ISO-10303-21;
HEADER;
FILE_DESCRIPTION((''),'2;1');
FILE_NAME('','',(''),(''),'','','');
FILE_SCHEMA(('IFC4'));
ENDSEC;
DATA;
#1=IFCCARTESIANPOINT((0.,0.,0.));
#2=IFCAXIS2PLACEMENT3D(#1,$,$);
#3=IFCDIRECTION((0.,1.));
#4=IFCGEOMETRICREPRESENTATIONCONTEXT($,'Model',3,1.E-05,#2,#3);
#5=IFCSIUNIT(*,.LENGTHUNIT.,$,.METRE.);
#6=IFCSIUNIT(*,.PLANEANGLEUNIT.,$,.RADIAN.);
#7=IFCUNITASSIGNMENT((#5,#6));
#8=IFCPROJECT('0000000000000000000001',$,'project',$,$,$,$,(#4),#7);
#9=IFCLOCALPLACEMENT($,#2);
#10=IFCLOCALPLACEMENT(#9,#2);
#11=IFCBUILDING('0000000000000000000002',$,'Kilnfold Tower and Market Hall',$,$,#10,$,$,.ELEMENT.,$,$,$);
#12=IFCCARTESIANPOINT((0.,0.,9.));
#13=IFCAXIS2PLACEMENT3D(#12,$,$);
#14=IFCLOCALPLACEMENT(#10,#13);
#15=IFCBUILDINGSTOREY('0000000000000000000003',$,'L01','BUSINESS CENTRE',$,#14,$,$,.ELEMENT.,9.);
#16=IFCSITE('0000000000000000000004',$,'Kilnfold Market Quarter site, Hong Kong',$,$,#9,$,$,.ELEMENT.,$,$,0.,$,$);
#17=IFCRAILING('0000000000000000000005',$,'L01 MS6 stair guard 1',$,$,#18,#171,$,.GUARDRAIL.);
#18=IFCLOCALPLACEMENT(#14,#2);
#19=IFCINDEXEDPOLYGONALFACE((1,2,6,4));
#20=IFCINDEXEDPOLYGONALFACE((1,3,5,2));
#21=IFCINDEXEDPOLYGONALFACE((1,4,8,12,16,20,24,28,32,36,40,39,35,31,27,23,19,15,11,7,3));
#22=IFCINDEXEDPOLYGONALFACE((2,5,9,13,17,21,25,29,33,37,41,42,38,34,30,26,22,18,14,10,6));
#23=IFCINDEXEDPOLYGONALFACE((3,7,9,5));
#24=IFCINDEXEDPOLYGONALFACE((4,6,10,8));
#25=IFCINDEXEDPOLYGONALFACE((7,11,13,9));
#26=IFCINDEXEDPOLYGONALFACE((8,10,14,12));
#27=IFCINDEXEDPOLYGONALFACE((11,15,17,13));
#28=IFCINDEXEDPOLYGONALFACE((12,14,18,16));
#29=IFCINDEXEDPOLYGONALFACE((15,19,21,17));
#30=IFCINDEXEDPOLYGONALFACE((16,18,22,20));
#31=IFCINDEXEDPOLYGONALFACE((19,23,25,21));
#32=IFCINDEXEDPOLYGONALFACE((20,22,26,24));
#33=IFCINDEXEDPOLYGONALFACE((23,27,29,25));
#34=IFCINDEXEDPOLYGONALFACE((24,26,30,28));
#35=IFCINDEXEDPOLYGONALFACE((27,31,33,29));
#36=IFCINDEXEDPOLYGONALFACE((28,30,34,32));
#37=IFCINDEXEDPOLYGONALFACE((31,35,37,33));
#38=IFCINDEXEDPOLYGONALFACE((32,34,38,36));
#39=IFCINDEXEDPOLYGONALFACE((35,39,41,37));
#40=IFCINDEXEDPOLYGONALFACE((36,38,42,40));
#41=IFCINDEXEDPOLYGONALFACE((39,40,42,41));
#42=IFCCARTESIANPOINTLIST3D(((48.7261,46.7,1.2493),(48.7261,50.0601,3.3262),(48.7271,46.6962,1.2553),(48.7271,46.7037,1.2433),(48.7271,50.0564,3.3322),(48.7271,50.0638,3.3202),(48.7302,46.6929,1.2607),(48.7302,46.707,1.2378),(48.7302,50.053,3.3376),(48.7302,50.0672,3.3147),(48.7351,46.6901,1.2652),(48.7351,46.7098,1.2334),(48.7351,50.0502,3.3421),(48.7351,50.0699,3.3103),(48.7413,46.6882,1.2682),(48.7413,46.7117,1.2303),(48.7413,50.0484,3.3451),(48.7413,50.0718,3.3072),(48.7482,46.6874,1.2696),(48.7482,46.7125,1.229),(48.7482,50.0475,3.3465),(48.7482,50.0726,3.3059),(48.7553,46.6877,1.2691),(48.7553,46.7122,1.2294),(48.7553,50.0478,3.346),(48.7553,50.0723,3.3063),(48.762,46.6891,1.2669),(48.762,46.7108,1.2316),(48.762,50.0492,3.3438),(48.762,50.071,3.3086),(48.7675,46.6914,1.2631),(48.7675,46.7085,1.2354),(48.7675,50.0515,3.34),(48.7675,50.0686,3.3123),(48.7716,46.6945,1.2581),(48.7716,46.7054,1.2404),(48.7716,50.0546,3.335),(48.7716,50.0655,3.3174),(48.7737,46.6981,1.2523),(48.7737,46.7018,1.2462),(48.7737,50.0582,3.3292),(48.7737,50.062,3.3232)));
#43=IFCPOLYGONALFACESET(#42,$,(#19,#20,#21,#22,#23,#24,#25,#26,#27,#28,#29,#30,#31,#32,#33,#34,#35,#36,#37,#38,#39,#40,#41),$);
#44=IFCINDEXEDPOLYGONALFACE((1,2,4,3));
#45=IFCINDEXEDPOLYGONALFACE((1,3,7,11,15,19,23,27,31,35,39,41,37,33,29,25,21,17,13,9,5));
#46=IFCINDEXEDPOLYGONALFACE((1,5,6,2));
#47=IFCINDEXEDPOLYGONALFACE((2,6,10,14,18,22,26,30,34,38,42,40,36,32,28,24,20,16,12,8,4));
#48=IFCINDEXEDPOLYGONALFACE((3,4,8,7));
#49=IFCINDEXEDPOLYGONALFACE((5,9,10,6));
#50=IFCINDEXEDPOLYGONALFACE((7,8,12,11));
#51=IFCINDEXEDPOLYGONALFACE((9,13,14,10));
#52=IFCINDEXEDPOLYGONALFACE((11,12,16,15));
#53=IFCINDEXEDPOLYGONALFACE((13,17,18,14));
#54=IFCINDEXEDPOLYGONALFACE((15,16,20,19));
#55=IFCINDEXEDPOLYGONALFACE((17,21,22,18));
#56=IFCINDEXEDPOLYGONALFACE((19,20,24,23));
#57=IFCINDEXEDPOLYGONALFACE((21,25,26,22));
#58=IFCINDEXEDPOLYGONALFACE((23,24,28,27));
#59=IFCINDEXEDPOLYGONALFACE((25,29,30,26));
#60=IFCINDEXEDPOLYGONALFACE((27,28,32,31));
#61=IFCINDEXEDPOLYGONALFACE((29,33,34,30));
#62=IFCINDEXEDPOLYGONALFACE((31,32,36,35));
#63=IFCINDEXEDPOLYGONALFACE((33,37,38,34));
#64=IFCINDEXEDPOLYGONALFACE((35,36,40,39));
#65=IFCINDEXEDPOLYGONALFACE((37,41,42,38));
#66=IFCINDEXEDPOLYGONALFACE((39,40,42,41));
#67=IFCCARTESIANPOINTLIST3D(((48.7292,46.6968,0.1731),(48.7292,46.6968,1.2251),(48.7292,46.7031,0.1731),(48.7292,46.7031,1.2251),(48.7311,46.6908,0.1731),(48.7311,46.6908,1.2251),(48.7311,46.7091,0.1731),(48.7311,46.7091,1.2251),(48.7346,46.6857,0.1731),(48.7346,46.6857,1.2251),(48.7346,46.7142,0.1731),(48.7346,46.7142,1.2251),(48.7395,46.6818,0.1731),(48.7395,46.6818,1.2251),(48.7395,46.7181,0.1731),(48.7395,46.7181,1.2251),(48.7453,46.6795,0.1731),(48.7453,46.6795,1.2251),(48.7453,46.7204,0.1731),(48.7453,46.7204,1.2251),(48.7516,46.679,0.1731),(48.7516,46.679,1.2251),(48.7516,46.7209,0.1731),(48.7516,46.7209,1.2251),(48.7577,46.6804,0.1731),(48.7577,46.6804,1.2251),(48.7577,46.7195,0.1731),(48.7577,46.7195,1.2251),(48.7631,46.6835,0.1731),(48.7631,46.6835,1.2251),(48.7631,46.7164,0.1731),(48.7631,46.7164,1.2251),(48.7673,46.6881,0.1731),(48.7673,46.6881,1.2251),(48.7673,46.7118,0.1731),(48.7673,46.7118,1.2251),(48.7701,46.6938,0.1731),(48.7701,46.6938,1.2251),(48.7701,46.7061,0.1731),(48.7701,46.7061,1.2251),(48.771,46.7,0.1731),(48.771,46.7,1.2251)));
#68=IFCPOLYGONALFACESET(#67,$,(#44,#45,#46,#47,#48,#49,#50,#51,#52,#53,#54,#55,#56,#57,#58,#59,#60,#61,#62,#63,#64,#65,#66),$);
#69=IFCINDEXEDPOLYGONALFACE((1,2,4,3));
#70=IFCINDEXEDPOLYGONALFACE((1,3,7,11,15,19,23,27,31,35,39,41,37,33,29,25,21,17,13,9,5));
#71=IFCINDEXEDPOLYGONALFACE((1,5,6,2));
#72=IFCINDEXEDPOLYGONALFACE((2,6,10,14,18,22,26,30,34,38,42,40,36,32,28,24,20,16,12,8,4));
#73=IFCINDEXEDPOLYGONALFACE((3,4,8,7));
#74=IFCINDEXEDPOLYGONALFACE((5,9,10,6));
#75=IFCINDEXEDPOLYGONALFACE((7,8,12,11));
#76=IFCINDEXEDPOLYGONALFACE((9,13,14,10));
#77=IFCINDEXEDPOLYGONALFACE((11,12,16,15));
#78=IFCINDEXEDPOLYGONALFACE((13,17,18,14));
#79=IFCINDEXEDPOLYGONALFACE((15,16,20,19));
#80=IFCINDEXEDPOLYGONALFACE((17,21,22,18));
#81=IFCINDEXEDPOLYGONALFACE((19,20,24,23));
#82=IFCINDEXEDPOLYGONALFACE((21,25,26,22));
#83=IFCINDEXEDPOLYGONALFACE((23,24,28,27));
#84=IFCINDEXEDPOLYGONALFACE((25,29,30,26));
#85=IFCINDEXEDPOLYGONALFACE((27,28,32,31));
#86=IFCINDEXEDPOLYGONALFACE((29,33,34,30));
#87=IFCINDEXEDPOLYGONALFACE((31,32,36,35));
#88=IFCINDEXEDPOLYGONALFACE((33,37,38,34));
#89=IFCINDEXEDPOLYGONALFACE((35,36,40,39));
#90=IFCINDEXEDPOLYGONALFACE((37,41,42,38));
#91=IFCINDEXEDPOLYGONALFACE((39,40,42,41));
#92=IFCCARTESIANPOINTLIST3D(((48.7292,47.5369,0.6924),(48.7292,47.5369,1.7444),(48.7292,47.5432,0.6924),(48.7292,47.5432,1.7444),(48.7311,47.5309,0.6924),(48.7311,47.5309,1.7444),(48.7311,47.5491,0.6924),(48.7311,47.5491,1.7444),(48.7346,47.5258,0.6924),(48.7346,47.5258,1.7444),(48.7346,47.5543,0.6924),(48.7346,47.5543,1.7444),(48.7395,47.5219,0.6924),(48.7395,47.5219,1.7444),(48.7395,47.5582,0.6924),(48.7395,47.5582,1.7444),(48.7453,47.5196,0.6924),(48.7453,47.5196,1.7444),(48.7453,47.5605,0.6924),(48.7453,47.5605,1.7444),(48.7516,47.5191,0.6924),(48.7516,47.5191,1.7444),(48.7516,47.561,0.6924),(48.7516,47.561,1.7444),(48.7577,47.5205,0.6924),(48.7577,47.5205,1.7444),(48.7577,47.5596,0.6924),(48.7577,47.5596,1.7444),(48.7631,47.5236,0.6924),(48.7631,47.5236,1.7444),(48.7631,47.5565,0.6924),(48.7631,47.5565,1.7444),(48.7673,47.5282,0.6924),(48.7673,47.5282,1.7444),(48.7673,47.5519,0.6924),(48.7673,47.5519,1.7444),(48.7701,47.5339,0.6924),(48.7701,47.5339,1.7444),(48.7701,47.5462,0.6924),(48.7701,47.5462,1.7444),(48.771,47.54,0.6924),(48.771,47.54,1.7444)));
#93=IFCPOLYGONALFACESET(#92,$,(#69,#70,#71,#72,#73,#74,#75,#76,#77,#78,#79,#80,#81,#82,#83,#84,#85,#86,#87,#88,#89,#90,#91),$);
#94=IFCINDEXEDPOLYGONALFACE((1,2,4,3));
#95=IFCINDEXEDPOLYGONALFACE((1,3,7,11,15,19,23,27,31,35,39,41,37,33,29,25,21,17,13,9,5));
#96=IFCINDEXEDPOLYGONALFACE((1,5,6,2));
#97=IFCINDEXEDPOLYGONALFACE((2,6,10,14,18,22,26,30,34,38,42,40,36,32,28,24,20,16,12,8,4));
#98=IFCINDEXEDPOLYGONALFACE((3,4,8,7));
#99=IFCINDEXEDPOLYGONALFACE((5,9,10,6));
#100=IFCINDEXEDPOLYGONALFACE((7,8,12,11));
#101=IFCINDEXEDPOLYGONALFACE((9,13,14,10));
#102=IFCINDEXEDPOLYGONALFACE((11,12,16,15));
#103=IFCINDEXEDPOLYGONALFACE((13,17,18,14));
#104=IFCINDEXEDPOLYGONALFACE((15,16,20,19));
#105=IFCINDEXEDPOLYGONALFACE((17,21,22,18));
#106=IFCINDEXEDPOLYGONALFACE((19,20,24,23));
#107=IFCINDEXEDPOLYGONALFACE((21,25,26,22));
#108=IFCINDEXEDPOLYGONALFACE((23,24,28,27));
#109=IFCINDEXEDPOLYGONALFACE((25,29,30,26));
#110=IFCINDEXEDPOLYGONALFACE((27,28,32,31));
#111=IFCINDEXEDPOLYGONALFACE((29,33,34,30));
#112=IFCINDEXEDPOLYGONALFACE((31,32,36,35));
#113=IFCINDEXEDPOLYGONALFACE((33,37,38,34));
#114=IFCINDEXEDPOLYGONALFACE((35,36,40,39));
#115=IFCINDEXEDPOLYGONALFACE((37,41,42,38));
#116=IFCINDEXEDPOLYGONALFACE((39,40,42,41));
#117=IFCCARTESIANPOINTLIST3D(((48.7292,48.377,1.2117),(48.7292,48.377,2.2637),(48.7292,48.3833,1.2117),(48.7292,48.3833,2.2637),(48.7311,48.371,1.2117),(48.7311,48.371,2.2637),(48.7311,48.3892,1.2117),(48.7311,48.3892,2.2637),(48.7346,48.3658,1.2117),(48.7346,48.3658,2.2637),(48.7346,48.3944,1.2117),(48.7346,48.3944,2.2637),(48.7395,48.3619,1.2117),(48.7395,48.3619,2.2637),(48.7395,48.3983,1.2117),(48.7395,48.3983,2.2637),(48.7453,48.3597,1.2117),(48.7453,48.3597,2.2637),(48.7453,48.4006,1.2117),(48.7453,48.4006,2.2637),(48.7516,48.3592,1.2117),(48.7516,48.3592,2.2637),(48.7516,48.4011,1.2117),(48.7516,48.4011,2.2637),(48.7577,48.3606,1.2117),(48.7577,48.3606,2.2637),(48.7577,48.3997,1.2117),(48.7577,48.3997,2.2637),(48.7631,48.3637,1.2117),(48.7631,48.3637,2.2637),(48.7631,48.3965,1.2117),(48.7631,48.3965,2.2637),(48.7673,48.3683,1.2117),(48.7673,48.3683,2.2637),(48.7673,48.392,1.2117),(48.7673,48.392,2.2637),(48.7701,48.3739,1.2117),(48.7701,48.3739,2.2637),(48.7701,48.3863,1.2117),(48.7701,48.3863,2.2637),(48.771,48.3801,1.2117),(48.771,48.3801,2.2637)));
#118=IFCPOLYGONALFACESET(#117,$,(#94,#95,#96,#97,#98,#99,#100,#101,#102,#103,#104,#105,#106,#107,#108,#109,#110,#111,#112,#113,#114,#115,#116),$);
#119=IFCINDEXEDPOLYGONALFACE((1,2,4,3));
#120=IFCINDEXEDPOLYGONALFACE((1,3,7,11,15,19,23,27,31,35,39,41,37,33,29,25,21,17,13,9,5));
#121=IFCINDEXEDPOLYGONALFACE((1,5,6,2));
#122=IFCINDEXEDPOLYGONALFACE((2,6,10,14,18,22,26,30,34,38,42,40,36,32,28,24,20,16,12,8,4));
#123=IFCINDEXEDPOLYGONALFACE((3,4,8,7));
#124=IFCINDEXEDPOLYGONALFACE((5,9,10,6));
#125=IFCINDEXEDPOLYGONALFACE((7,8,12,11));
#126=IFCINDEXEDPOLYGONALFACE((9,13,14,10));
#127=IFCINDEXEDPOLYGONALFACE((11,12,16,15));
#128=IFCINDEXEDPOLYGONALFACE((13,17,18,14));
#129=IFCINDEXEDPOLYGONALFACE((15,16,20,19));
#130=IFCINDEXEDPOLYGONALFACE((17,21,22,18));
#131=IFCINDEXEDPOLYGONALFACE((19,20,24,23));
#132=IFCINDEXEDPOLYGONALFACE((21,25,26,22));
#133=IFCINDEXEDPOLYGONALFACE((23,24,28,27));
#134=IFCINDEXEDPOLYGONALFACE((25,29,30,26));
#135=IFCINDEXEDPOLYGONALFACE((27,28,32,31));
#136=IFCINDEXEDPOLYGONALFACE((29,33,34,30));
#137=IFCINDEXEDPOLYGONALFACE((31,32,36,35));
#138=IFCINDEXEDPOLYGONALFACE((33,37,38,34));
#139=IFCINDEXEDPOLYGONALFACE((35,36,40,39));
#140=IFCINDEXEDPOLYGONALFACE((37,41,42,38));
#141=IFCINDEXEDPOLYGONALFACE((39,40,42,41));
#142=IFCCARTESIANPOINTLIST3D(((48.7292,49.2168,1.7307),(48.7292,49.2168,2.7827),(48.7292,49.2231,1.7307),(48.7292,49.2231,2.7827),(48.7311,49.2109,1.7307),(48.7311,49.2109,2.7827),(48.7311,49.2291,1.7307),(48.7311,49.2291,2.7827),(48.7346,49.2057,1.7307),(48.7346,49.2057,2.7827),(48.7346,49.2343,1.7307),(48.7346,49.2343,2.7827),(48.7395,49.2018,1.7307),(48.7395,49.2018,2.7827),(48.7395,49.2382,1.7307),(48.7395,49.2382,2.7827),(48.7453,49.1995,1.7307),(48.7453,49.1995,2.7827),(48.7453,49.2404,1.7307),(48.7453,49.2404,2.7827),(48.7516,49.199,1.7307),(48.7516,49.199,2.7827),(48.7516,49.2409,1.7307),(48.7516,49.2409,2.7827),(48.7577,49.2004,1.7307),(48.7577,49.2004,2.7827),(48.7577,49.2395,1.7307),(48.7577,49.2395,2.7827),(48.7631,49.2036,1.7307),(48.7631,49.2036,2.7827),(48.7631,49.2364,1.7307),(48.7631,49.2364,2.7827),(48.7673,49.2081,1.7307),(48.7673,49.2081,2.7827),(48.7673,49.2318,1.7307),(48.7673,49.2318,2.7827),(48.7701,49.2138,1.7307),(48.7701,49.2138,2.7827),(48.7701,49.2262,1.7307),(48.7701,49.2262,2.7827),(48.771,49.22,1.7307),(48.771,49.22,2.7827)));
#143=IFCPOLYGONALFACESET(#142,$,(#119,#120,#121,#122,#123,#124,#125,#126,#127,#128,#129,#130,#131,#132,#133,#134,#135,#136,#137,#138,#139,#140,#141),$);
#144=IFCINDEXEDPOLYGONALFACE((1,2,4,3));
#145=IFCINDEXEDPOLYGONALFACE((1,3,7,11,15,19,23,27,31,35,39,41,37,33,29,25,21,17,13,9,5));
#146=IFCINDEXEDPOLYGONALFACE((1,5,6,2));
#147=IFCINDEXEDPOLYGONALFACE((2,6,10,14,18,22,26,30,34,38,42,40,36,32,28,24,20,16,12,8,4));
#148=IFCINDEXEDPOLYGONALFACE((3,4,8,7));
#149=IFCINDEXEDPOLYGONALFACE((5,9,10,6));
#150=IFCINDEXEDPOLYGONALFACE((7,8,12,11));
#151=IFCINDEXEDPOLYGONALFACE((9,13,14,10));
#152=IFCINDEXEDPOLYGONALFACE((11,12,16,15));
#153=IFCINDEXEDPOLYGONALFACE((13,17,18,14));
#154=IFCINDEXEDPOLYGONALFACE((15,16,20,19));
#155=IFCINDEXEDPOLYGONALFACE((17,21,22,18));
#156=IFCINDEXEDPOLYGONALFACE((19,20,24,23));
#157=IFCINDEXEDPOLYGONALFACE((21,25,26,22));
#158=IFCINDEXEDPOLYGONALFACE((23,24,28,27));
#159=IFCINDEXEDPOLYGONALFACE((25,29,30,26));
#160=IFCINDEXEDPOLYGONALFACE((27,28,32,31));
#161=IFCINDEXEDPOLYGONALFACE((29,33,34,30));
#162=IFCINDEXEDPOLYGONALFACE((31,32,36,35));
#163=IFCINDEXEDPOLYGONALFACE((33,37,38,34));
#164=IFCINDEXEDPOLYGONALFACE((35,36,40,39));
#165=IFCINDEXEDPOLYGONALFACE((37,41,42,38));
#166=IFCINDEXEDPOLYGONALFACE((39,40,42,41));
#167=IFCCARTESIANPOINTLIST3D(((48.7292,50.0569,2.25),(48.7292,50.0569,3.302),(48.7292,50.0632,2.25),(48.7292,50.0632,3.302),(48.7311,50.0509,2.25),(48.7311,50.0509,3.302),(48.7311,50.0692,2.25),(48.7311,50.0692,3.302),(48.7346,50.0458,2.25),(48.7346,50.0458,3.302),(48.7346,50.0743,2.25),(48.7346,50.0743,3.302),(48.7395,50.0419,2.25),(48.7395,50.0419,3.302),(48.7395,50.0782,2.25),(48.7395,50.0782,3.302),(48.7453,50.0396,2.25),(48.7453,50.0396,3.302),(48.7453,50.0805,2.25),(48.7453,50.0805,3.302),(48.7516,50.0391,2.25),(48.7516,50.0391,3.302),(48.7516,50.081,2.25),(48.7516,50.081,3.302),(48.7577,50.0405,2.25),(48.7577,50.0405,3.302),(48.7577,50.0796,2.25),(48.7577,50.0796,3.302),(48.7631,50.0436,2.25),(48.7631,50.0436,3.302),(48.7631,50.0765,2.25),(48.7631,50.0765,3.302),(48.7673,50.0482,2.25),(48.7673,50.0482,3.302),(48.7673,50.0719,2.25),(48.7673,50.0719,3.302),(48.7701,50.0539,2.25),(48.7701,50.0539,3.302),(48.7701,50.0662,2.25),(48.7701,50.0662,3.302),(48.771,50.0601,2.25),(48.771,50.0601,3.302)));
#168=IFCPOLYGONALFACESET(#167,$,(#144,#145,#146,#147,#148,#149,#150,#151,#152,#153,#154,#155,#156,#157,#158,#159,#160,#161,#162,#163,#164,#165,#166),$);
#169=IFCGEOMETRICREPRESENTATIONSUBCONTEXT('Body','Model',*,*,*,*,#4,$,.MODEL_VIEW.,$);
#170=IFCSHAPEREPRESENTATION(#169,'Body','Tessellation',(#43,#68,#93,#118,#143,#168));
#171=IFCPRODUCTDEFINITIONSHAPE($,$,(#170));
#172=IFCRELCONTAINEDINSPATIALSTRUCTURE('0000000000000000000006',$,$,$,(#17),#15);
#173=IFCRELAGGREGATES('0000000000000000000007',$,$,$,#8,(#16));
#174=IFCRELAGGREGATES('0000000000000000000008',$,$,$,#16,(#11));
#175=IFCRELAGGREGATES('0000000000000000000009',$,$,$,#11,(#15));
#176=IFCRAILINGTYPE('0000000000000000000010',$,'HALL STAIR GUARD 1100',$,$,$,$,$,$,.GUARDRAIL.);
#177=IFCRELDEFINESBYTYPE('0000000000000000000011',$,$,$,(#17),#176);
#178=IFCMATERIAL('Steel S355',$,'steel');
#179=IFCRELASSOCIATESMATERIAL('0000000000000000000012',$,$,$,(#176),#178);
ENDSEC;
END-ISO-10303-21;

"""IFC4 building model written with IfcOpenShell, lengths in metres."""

from ifc_helpers import new_model, si_unit, direction, frame, origin, origin_2d, place, context, subcontext, project, spatial, circle, extrude, material, type_object, element, save


model = new_model("IFC4")

# Units and contexts
model_context = context("Model", 3, precision=1e-05, world=origin(), true_north=direction((0.0, 1.0)))
body_context = subcontext(model_context, "Body", "Model", "MODEL_VIEW")
ifc_project = project(units=[si_unit("LENGTHUNIT", "METRE"), si_unit("PLANEANGLEUNIT", "RADIAN")], contexts=[model_context])

# Site, building, storey
site_placement = place(None, origin())
site = spatial("IfcSite", under=ifc_project, at=site_placement, Name="Kilnfold Market Quarter site, Hong Kong", CompositionType="ELEMENT", RefElevation=0.0)
building_placement = place(site_placement, origin())
building = spatial("IfcBuilding", under=site, at=building_placement, Name="Kilnfold Tower and Market Hall", CompositionType="ELEMENT")
storey_placement = place(building_placement, frame((0.0, 0.0, 9.0)))
storey = spatial("IfcBuildingStorey", under=building, at=storey_placement, Name="L01", Description="BUSINESS CENTRE", CompositionType="ELEMENT", Elevation=9.0)

# Railing
ifc_material_1 = material(Name="Steel S355", Category="steel")
railing_type_1 = type_object("IfcRailingType", Name="HALL STAIR GUARD 1100", PredefinedType="GUARDRAIL", material=ifc_material_1)
railing_1_placement = place(storey_placement, frame((48.75, 46.7, 0.1731)))
element("IfcRailing", 1, at=railing_1_placement, inside=storey, type_object=railing_type_1, Name="L01 MS6 stair guard 1", PredefinedType="GUARDRAIL", context=body_context, shape_type="SweptSolid", body=[
    extrude(circle(Radius=0.0239, at=origin_2d()), frame((0.0, 0.0, 1.0762), z_axis=(0.0, 0.850623, 0.525776), x_axis=(-1.0, 0.0, 0.0)), (0.0, 0.0, 1.0), 3.9502),
    extrude(circle(Radius=0.021, at=origin_2d()), origin(), (0.0, 0.0, 1.0), 1.052),
    extrude(circle(Radius=0.021, at=origin_2d()), frame((0.0, 0.8401, 0.5193)), (0.0, 0.0, 1.0), 1.052),
    extrude(circle(Radius=0.021, at=origin_2d()), frame((0.0, 1.6802, 1.0386)), (0.0, 0.0, 1.0), 1.052),
    extrude(circle(Radius=0.021, at=origin_2d()), frame((0.0, 2.52, 1.5576)), (0.0, 0.0, 1.0), 1.052),
    extrude(circle(Radius=0.021, at=origin_2d()), frame((0.0, 3.3601, 2.0769)), (0.0, 0.0, 1.0), 1.052),
])

save(model, "model.ifc")
